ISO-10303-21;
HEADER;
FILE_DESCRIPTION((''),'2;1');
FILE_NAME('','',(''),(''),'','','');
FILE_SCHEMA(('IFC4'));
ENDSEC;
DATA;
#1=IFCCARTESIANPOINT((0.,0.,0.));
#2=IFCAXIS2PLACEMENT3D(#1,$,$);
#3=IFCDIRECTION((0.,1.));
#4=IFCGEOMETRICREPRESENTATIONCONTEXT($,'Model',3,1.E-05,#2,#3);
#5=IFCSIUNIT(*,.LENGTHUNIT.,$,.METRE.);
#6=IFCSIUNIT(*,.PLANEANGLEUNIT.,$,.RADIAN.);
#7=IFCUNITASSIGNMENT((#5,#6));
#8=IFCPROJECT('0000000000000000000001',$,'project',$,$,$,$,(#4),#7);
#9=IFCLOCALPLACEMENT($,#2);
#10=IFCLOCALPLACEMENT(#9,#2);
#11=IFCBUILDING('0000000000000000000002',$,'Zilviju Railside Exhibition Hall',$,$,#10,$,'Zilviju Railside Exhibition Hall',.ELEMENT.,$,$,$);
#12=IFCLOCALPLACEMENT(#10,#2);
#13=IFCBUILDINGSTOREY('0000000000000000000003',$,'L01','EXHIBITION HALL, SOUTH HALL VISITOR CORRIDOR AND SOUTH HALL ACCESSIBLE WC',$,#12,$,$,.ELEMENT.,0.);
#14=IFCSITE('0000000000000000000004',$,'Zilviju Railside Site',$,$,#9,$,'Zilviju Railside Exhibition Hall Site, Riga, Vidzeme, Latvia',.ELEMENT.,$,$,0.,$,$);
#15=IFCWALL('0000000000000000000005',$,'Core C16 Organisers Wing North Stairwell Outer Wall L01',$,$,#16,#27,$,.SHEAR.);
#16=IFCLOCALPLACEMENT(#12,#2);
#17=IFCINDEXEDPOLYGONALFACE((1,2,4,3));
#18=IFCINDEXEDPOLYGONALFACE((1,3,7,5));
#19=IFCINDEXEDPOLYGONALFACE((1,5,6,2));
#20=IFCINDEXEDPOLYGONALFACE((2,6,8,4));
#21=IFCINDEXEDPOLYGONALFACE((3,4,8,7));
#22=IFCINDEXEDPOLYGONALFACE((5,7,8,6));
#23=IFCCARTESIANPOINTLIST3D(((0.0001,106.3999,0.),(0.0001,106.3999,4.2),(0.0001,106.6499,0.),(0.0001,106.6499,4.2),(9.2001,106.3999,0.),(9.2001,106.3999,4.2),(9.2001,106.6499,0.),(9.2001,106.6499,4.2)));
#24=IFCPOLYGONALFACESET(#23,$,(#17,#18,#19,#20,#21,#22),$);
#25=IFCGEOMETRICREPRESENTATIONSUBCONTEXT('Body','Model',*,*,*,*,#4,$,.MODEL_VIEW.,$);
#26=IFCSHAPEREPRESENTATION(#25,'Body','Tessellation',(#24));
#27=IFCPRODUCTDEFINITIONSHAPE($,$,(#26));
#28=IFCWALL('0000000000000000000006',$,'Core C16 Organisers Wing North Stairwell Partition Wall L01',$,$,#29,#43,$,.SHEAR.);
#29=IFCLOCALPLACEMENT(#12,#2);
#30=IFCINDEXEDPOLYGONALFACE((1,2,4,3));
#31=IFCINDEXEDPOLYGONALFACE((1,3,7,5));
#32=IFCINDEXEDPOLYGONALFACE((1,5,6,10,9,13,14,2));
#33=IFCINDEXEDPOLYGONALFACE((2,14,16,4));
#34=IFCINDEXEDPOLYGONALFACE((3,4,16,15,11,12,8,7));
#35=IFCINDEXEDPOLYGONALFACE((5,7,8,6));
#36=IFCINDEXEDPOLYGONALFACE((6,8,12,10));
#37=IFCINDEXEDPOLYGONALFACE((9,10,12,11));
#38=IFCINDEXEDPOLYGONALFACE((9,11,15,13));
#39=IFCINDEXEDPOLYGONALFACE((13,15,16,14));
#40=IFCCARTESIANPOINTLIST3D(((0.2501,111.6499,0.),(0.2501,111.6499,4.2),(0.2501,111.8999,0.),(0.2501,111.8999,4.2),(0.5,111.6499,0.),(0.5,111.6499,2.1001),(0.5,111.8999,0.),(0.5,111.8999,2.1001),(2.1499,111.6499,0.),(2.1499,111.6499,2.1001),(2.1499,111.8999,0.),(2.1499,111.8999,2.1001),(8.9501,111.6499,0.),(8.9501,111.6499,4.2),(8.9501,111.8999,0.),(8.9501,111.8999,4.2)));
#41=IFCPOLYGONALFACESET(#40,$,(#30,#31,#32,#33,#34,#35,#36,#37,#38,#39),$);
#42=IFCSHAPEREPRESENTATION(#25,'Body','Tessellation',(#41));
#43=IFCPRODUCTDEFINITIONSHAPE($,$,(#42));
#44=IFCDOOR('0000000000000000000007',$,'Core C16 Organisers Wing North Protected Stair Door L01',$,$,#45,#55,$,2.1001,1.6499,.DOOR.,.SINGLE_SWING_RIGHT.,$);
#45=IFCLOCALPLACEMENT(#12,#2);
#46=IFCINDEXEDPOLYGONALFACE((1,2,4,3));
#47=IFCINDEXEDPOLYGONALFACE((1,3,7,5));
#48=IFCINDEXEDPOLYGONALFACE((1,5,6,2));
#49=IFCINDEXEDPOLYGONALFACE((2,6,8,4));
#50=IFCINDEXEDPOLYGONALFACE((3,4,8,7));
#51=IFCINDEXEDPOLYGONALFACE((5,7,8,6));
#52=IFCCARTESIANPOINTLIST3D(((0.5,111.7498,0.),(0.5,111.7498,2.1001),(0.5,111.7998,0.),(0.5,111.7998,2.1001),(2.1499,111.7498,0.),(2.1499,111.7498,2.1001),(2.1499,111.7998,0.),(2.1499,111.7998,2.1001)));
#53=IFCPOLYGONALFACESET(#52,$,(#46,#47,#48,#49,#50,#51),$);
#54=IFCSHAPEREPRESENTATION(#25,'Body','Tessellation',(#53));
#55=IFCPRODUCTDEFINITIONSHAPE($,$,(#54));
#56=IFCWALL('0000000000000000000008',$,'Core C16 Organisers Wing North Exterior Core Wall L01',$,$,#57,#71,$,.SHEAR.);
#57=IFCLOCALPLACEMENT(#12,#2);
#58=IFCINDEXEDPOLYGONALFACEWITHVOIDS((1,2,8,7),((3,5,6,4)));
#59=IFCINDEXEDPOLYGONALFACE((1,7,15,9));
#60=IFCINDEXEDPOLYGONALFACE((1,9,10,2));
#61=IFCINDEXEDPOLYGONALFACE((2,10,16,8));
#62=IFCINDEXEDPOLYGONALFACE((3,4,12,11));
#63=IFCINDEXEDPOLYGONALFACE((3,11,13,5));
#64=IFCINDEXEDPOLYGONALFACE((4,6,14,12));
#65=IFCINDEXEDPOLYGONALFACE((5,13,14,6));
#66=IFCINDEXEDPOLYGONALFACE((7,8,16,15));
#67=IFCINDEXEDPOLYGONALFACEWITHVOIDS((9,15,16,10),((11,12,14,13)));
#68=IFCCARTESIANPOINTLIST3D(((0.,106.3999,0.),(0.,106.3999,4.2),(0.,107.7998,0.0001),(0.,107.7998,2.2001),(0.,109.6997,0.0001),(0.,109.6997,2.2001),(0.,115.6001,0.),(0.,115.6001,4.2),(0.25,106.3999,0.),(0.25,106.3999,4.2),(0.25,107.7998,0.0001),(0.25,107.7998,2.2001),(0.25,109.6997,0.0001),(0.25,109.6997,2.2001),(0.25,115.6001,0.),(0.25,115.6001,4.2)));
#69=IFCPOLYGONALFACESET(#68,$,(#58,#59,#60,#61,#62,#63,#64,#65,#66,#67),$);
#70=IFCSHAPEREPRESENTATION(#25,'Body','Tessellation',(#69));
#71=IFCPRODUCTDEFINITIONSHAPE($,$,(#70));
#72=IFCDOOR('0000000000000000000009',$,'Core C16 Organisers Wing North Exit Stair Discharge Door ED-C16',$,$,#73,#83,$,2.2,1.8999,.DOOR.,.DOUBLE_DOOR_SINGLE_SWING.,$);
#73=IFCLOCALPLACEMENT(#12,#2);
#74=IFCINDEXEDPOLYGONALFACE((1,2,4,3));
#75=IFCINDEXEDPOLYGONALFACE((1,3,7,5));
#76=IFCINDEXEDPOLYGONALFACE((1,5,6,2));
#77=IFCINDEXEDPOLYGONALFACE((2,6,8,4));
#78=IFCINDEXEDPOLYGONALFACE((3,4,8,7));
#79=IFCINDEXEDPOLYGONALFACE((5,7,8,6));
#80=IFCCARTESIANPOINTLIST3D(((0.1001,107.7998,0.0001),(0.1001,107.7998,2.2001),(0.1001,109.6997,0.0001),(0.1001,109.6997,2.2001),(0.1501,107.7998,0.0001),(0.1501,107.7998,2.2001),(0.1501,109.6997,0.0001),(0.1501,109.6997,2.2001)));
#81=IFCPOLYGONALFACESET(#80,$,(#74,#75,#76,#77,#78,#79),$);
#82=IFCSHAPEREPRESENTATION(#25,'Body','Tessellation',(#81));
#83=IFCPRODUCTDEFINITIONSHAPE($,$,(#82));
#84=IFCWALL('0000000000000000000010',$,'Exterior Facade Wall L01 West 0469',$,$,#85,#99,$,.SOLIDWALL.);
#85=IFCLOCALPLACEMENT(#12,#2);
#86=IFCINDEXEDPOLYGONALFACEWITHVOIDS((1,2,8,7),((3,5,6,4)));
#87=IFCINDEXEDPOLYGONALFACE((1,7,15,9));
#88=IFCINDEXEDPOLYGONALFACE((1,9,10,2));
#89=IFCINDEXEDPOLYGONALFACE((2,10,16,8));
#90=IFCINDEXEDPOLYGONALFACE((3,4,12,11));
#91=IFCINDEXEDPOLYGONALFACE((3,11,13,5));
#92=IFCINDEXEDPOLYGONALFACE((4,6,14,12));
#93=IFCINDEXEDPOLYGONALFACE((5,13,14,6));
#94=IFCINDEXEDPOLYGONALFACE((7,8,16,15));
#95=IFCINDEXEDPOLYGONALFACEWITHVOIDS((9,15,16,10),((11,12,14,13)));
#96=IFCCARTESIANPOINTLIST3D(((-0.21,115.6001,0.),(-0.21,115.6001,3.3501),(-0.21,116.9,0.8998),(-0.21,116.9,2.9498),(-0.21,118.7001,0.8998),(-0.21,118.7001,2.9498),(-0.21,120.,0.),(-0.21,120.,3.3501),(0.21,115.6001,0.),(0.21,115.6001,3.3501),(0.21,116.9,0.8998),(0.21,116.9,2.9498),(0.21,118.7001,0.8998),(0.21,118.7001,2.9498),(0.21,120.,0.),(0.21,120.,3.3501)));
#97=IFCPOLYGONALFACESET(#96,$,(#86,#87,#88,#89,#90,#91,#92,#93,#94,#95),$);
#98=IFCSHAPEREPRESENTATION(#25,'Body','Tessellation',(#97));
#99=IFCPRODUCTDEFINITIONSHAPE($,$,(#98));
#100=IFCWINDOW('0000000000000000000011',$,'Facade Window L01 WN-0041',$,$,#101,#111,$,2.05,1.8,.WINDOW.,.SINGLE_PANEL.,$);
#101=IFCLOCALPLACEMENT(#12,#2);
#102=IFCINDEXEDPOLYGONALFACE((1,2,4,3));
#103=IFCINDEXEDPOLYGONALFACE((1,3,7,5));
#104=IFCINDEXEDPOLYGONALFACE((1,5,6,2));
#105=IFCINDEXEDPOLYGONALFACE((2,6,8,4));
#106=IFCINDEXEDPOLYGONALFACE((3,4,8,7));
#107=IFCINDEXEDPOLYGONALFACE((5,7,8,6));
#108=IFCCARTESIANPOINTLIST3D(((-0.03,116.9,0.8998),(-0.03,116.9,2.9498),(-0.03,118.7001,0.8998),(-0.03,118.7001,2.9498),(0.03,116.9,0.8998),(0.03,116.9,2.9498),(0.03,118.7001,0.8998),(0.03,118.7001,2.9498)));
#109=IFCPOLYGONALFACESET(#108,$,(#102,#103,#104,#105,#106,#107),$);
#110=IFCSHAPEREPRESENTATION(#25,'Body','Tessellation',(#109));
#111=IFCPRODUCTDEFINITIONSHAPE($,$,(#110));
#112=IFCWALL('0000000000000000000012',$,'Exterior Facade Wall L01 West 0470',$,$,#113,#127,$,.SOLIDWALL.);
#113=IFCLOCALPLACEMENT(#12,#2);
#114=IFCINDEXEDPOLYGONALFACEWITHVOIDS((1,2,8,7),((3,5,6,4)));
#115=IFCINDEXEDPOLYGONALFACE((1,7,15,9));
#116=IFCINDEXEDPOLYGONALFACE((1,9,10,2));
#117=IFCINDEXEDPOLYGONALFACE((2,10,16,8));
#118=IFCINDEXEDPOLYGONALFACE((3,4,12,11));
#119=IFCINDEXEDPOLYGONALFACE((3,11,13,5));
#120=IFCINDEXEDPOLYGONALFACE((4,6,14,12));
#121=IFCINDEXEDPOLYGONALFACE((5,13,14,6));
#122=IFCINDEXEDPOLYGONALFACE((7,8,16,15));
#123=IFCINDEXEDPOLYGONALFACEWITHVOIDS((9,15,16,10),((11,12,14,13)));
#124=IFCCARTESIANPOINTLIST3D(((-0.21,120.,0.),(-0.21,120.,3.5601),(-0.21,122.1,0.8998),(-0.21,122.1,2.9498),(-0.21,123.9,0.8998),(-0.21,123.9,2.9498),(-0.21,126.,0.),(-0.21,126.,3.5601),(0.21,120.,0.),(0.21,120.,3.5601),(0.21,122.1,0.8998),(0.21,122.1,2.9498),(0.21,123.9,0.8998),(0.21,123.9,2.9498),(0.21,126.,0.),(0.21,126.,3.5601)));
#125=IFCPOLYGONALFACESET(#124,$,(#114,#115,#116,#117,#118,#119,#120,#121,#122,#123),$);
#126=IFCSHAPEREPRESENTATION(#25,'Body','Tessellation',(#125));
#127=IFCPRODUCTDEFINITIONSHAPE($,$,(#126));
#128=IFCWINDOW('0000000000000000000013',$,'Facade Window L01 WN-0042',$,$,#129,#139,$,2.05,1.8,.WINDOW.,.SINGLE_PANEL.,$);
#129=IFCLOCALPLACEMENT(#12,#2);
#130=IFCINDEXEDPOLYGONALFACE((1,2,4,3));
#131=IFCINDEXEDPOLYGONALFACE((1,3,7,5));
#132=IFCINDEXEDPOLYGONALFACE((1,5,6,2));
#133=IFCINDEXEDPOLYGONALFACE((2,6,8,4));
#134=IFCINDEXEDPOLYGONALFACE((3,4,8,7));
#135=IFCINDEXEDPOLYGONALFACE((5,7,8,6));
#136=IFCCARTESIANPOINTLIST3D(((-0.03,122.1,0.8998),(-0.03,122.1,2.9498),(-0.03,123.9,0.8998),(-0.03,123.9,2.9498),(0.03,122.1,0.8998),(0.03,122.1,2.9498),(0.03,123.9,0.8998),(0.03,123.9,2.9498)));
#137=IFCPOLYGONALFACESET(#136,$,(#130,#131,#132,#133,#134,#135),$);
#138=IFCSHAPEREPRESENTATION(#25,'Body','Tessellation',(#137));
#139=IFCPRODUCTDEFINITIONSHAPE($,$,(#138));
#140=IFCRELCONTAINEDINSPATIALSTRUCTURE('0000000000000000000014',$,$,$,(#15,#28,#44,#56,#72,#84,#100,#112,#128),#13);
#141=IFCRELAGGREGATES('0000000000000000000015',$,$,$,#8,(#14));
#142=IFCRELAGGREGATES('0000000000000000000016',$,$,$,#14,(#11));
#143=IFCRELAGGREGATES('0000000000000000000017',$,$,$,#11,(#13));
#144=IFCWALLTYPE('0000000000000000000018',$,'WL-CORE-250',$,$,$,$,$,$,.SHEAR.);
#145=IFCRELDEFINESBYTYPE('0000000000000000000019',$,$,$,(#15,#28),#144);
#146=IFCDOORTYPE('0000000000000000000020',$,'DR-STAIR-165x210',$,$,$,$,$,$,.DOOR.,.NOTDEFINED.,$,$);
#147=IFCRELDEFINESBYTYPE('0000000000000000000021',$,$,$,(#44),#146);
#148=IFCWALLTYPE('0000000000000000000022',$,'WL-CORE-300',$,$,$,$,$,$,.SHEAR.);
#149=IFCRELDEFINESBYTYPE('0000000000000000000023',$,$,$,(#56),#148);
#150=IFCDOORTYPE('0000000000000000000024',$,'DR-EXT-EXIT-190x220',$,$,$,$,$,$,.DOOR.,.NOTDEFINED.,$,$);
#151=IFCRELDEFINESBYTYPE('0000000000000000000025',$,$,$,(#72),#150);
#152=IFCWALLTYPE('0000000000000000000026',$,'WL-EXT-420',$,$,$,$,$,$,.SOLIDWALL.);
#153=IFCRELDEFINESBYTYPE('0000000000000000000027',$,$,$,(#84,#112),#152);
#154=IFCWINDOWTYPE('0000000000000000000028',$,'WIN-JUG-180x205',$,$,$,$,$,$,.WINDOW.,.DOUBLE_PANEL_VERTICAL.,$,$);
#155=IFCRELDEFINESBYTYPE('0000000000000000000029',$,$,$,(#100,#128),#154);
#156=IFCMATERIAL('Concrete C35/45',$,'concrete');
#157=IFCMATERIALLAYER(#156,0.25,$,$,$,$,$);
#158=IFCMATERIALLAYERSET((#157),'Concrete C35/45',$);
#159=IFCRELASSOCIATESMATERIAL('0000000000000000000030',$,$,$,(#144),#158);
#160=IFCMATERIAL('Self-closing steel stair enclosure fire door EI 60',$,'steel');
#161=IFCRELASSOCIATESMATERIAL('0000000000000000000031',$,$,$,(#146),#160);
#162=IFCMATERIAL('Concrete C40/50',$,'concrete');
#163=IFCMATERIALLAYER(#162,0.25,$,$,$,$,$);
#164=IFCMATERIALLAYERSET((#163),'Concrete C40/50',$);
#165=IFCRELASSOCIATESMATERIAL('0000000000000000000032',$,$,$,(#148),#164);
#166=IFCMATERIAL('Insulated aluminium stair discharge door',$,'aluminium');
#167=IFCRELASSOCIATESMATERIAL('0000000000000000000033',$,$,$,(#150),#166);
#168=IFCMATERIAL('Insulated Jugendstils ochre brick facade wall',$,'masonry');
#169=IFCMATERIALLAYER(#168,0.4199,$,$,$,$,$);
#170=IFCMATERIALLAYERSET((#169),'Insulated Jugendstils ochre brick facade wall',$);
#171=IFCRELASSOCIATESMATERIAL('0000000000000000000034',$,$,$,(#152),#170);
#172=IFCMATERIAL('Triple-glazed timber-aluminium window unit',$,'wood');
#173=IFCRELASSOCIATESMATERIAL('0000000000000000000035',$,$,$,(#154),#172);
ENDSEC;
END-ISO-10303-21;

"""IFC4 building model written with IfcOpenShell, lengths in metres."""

from ifc_helpers import new_model, si_unit, direction, frame, frame_2d, origin, place, context, subcontext, project, spatial, rectangle, extrude, material, layer, layer_set, type_object, element, fill, save


model = new_model("IFC4")

# Units and contexts
model_context = context("Model", 3, precision=1e-05, world=origin(), true_north=direction((0.0, 1.0)))
body_context = subcontext(model_context, "Body", "Model", "MODEL_VIEW")
ifc_project = project(units=[si_unit("LENGTHUNIT", "METRE"), si_unit("PLANEANGLEUNIT", "RADIAN")], contexts=[model_context])

# Site, building, storey
site_placement = place(None, origin())
site = spatial("IfcSite", under=ifc_project, at=site_placement, Name="Zilviju Railside Site", LongName="Zilviju Railside Exhibition Hall Site, Riga, Vidzeme, Latvia", CompositionType="ELEMENT", RefElevation=0.0)
building_placement = place(site_placement, origin())
building = spatial("IfcBuilding", under=site, at=building_placement, Name="Zilviju Railside Exhibition Hall", LongName="Zilviju Railside Exhibition Hall", CompositionType="ELEMENT")
storey_placement = place(building_placement, origin())
storey = spatial("IfcBuildingStorey", under=building, at=storey_placement, Name="L01", Description="EXHIBITION HALL, SOUTH HALL VISITOR CORRIDOR AND SOUTH HALL ACCESSIBLE WC", CompositionType="ELEMENT", Elevation=0.0)

# Shared definitions
ifc_material_1 = material(Name="Concrete C35/45", Category="concrete")

# Wall
ifc_layer_1 = layer(ifc_material_1, 0.25)
ifc_layer_set_1 = layer_set([ifc_layer_1], Name="Concrete C35/45")
wall_type_1 = type_object("IfcWallType", Name="WL-CORE-250", PredefinedType="SHEAR", material=ifc_layer_set_1)
wall_1_placement = place(storey_placement, frame((0.0, 106.5249, 0.0), z_axis=(0.0, 0.0, 1.0), x_axis=(1.0, 0.0, 0.0)))
element("IfcWall", 1, at=wall_1_placement, inside=storey, type_object=wall_type_1, Name="Core C16 Organisers Wing North Stairwell Outer Wall L01", PredefinedType="SHEAR", context=body_context, shape_type="SweptSolid", body=[
    extrude(rectangle(XDim=9.2, YDim=0.25, at=frame_2d((4.6001, 0.0))), origin(), (0.0, 0.0, 1.0), 4.2),
])

# Walls, openings, doors
wall_2_placement = place(storey_placement, frame((0.25, 111.7749, 0.0), z_axis=(0.0, 0.0, 1.0), x_axis=(1.0, 0.0, 0.0)))
wall_2 = element("IfcWall", 2, at=wall_2_placement, inside=storey, type_object=wall_type_1, Name="Core C16 Organisers Wing North Stairwell Partition Wall L01", PredefinedType="SHEAR", context=body_context, shape_type="SweptSolid", body=[
    extrude(rectangle(XDim=8.7, YDim=0.25, at=frame_2d((4.3501, 0.0))), origin(), (0.0, 0.0, 1.0), 4.2),
])
opening_1_placement = place(wall_2_placement, frame((0.25, 0.0, 0.0)))
opening_1 = element("IfcOpeningElement", 3, at=opening_1_placement, cuts=wall_2, PredefinedType="OPENING", context=body_context, shape_type="SweptSolid", body=[
    extrude(rectangle(XDim=1.6499, YDim=2.1001, at=frame_2d((0.825, 1.05))), frame((0.0, 0.135, 0.0), z_axis=(0.0, -1.0, 0.0), x_axis=(1.0, 0.0, 0.0)), (0.0, 0.0, 1.0), 0.27),
])
ifc_material_2 = material(Name="Self-closing steel stair enclosure fire door EI 60", Category="steel")
door_type_1 = type_object("IfcDoorType", Name="DR-STAIR-165x210", OperationType="NOTDEFINED", PredefinedType="DOOR", material=ifc_material_2)
door_1_placement = place(opening_1_placement, origin())
door_1 = element("IfcDoor", 4, at=door_1_placement, inside=storey, type_object=door_type_1, Name="Core C16 Organisers Wing North Protected Stair Door L01", OperationType="SINGLE_SWING_RIGHT", OverallHeight=2.1001, OverallWidth=1.6499, PredefinedType="DOOR", context=body_context, shape_type="SweptSolid", body=[
    extrude(rectangle(XDim=1.6499, YDim=2.1001, at=frame_2d((0.825, 1.05))), frame((0.0, 0.0249, 0.0), z_axis=(0.0, -1.0, 0.0), x_axis=(1.0, 0.0, 0.0)), (0.0, 0.0, 1.0), 0.05),
])
fill(opening_1, door_1)
ifc_material_3 = material(Name="Concrete C40/50", Category="concrete")
ifc_layer_2 = layer(ifc_material_3, 0.25)
ifc_layer_set_2 = layer_set([ifc_layer_2], Name="Concrete C40/50")
wall_type_2 = type_object("IfcWallType", Name="WL-CORE-300", PredefinedType="SHEAR", material=ifc_layer_set_2)
wall_3_placement = place(storey_placement, frame((0.125, 106.3999, 0.0), z_axis=(0.0, 0.0, 1.0), x_axis=(0.0, 1.0, 0.0)))
wall_3 = element("IfcWall", 5, at=wall_3_placement, inside=storey, type_object=wall_type_2, Name="Core C16 Organisers Wing North Exterior Core Wall L01", PredefinedType="SHEAR", context=body_context, shape_type="SweptSolid", body=[
    extrude(rectangle(XDim=9.2002, YDim=0.25, at=frame_2d((4.6001, 0.0))), origin(), (0.0, 0.0, 1.0), 4.2),
])
opening_2_placement = place(wall_3_placement, frame((1.3999, 0.0, 0.0)))
opening_2 = element("IfcOpeningElement", 6, at=opening_2_placement, cuts=wall_3, PredefinedType="OPENING", context=body_context, shape_type="SweptSolid", body=[
    extrude(rectangle(XDim=1.8999, YDim=2.2, at=frame_2d((0.95, 1.1001))), frame((0.0, 0.135, 0.0), z_axis=(0.0, -1.0, 0.0), x_axis=(1.0, 0.0, 0.0)), (0.0, 0.0, 1.0), 0.27),
])
ifc_material_4 = material(Name="Insulated aluminium stair discharge door", Category="aluminium")
door_type_2 = type_object("IfcDoorType", Name="DR-EXT-EXIT-190x220", OperationType="NOTDEFINED", PredefinedType="DOOR", material=ifc_material_4)
door_2_placement = place(opening_2_placement, origin())
door_2 = element("IfcDoor", 7, at=door_2_placement, inside=storey, type_object=door_type_2, Name="Core C16 Organisers Wing North Exit Stair Discharge Door ED-C16", OperationType="DOUBLE_DOOR_SINGLE_SWING", OverallHeight=2.2, OverallWidth=1.8999, PredefinedType="DOOR", context=body_context, shape_type="SweptSolid", body=[
    extrude(rectangle(XDim=1.8999, YDim=2.2, at=frame_2d((0.95, 1.1001))), frame((0.0, 0.0249, 0.0), z_axis=(0.0, -1.0, 0.0), x_axis=(1.0, 0.0, 0.0)), (0.0, 0.0, 1.0), 0.05),
])
fill(opening_2, door_2)

# Walls, openings, windows
ifc_material_5 = material(Name="Insulated Jugendstils ochre brick facade wall", Category="masonry")
ifc_layer_3 = layer(ifc_material_5, 0.4199)
ifc_layer_set_3 = layer_set([ifc_layer_3], Name="Insulated Jugendstils ochre brick facade wall")
wall_type_3 = type_object("IfcWallType", Name="WL-EXT-420", PredefinedType="SOLIDWALL", material=ifc_layer_set_3)
wall_4_placement = place(storey_placement, frame((0.0, 115.6001, 0.0), z_axis=(0.0, 0.0, 1.0), x_axis=(0.0, 1.0, 0.0)))
wall_4 = element("IfcWall", 8, at=wall_4_placement, inside=storey, type_object=wall_type_3, Name="Exterior Facade Wall L01 West 0469", PredefinedType="SOLIDWALL", context=body_context, shape_type="SweptSolid", body=[
    extrude(rectangle(XDim=4.3999, YDim=0.4199, at=frame_2d((2.2, 0.0))), origin(), (0.0, 0.0, 1.0), 3.3501),
])
opening_3_placement = place(wall_4_placement, frame((1.3, 0.0, 0.8999)))
opening_3 = element("IfcOpeningElement", 9, at=opening_3_placement, cuts=wall_4, PredefinedType="OPENING", context=body_context, shape_type="SweptSolid", body=[
    extrude(rectangle(XDim=1.8, YDim=2.05, at=frame_2d((0.8999, 1.0249))), frame((0.0, 0.22, 0.0), z_axis=(0.0, -1.0, 0.0), x_axis=(1.0, 0.0, 0.0)), (0.0, 0.0, 1.0), 0.4399),
])
ifc_material_6 = material(Name="Triple-glazed timber-aluminium window unit", Category="wood")
window_type = type_object("IfcWindowType", Name="WIN-JUG-180x205", PartitioningType="DOUBLE_PANEL_VERTICAL", PredefinedType="WINDOW", material=ifc_material_6)
window_1_placement = place(opening_3_placement, origin())
window_1 = element("IfcWindow", 10, at=window_1_placement, inside=storey, type_object=window_type, Name="Facade Window L01 WN-0041", OverallHeight=2.05, OverallWidth=1.8, PartitioningType="SINGLE_PANEL", PredefinedType="WINDOW", context=body_context, shape_type="SweptSolid", body=[
    extrude(rectangle(XDim=1.8, YDim=2.05, at=frame_2d((0.8999, 1.0249))), frame((0.0, 0.03, 0.0), z_axis=(0.0, -1.0, 0.0), x_axis=(1.0, 0.0, 0.0)), (0.0, 0.0, 1.0), 0.0601),
])
fill(opening_3, window_1)
wall_5_placement = place(storey_placement, frame((0.0, 120.0, 0.0), z_axis=(0.0, 0.0, 1.0), x_axis=(0.0, 1.0, 0.0)))
wall_5 = element("IfcWall", 11, at=wall_5_placement, inside=storey, type_object=wall_type_3, Name="Exterior Facade Wall L01 West 0470", PredefinedType="SOLIDWALL", context=body_context, shape_type="SweptSolid", body=[
    extrude(rectangle(XDim=6.0, YDim=0.4199, at=frame_2d((3.0, 0.0))), origin(), (0.0, 0.0, 1.0), 3.5601),
])
opening_4_placement = place(wall_5_placement, frame((2.1001, 0.0, 0.8999)))
opening_4 = element("IfcOpeningElement", 12, at=opening_4_placement, cuts=wall_5, PredefinedType="OPENING", context=body_context, shape_type="SweptSolid", body=[
    extrude(rectangle(XDim=1.8, YDim=2.05, at=frame_2d((0.8999, 1.0249))), frame((0.0, 0.22, 0.0), z_axis=(0.0, -1.0, 0.0), x_axis=(1.0, 0.0, 0.0)), (0.0, 0.0, 1.0), 0.4399),
])
window_2_placement = place(opening_4_placement, origin())
window_2 = element("IfcWindow", 13, at=window_2_placement, inside=storey, type_object=window_type, Name="Facade Window L01 WN-0042", OverallHeight=2.05, OverallWidth=1.8, PartitioningType="SINGLE_PANEL", PredefinedType="WINDOW", context=body_context, shape_type="SweptSolid", body=[
    extrude(rectangle(XDim=1.8, YDim=2.05, at=frame_2d((0.8999, 1.0249))), frame((0.0, 0.03, 0.0), z_axis=(0.0, -1.0, 0.0), x_axis=(1.0, 0.0, 0.0)), (0.0, 0.0, 1.0), 0.0601),
])
fill(opening_4, window_2)

save(model, "model.ifc")
